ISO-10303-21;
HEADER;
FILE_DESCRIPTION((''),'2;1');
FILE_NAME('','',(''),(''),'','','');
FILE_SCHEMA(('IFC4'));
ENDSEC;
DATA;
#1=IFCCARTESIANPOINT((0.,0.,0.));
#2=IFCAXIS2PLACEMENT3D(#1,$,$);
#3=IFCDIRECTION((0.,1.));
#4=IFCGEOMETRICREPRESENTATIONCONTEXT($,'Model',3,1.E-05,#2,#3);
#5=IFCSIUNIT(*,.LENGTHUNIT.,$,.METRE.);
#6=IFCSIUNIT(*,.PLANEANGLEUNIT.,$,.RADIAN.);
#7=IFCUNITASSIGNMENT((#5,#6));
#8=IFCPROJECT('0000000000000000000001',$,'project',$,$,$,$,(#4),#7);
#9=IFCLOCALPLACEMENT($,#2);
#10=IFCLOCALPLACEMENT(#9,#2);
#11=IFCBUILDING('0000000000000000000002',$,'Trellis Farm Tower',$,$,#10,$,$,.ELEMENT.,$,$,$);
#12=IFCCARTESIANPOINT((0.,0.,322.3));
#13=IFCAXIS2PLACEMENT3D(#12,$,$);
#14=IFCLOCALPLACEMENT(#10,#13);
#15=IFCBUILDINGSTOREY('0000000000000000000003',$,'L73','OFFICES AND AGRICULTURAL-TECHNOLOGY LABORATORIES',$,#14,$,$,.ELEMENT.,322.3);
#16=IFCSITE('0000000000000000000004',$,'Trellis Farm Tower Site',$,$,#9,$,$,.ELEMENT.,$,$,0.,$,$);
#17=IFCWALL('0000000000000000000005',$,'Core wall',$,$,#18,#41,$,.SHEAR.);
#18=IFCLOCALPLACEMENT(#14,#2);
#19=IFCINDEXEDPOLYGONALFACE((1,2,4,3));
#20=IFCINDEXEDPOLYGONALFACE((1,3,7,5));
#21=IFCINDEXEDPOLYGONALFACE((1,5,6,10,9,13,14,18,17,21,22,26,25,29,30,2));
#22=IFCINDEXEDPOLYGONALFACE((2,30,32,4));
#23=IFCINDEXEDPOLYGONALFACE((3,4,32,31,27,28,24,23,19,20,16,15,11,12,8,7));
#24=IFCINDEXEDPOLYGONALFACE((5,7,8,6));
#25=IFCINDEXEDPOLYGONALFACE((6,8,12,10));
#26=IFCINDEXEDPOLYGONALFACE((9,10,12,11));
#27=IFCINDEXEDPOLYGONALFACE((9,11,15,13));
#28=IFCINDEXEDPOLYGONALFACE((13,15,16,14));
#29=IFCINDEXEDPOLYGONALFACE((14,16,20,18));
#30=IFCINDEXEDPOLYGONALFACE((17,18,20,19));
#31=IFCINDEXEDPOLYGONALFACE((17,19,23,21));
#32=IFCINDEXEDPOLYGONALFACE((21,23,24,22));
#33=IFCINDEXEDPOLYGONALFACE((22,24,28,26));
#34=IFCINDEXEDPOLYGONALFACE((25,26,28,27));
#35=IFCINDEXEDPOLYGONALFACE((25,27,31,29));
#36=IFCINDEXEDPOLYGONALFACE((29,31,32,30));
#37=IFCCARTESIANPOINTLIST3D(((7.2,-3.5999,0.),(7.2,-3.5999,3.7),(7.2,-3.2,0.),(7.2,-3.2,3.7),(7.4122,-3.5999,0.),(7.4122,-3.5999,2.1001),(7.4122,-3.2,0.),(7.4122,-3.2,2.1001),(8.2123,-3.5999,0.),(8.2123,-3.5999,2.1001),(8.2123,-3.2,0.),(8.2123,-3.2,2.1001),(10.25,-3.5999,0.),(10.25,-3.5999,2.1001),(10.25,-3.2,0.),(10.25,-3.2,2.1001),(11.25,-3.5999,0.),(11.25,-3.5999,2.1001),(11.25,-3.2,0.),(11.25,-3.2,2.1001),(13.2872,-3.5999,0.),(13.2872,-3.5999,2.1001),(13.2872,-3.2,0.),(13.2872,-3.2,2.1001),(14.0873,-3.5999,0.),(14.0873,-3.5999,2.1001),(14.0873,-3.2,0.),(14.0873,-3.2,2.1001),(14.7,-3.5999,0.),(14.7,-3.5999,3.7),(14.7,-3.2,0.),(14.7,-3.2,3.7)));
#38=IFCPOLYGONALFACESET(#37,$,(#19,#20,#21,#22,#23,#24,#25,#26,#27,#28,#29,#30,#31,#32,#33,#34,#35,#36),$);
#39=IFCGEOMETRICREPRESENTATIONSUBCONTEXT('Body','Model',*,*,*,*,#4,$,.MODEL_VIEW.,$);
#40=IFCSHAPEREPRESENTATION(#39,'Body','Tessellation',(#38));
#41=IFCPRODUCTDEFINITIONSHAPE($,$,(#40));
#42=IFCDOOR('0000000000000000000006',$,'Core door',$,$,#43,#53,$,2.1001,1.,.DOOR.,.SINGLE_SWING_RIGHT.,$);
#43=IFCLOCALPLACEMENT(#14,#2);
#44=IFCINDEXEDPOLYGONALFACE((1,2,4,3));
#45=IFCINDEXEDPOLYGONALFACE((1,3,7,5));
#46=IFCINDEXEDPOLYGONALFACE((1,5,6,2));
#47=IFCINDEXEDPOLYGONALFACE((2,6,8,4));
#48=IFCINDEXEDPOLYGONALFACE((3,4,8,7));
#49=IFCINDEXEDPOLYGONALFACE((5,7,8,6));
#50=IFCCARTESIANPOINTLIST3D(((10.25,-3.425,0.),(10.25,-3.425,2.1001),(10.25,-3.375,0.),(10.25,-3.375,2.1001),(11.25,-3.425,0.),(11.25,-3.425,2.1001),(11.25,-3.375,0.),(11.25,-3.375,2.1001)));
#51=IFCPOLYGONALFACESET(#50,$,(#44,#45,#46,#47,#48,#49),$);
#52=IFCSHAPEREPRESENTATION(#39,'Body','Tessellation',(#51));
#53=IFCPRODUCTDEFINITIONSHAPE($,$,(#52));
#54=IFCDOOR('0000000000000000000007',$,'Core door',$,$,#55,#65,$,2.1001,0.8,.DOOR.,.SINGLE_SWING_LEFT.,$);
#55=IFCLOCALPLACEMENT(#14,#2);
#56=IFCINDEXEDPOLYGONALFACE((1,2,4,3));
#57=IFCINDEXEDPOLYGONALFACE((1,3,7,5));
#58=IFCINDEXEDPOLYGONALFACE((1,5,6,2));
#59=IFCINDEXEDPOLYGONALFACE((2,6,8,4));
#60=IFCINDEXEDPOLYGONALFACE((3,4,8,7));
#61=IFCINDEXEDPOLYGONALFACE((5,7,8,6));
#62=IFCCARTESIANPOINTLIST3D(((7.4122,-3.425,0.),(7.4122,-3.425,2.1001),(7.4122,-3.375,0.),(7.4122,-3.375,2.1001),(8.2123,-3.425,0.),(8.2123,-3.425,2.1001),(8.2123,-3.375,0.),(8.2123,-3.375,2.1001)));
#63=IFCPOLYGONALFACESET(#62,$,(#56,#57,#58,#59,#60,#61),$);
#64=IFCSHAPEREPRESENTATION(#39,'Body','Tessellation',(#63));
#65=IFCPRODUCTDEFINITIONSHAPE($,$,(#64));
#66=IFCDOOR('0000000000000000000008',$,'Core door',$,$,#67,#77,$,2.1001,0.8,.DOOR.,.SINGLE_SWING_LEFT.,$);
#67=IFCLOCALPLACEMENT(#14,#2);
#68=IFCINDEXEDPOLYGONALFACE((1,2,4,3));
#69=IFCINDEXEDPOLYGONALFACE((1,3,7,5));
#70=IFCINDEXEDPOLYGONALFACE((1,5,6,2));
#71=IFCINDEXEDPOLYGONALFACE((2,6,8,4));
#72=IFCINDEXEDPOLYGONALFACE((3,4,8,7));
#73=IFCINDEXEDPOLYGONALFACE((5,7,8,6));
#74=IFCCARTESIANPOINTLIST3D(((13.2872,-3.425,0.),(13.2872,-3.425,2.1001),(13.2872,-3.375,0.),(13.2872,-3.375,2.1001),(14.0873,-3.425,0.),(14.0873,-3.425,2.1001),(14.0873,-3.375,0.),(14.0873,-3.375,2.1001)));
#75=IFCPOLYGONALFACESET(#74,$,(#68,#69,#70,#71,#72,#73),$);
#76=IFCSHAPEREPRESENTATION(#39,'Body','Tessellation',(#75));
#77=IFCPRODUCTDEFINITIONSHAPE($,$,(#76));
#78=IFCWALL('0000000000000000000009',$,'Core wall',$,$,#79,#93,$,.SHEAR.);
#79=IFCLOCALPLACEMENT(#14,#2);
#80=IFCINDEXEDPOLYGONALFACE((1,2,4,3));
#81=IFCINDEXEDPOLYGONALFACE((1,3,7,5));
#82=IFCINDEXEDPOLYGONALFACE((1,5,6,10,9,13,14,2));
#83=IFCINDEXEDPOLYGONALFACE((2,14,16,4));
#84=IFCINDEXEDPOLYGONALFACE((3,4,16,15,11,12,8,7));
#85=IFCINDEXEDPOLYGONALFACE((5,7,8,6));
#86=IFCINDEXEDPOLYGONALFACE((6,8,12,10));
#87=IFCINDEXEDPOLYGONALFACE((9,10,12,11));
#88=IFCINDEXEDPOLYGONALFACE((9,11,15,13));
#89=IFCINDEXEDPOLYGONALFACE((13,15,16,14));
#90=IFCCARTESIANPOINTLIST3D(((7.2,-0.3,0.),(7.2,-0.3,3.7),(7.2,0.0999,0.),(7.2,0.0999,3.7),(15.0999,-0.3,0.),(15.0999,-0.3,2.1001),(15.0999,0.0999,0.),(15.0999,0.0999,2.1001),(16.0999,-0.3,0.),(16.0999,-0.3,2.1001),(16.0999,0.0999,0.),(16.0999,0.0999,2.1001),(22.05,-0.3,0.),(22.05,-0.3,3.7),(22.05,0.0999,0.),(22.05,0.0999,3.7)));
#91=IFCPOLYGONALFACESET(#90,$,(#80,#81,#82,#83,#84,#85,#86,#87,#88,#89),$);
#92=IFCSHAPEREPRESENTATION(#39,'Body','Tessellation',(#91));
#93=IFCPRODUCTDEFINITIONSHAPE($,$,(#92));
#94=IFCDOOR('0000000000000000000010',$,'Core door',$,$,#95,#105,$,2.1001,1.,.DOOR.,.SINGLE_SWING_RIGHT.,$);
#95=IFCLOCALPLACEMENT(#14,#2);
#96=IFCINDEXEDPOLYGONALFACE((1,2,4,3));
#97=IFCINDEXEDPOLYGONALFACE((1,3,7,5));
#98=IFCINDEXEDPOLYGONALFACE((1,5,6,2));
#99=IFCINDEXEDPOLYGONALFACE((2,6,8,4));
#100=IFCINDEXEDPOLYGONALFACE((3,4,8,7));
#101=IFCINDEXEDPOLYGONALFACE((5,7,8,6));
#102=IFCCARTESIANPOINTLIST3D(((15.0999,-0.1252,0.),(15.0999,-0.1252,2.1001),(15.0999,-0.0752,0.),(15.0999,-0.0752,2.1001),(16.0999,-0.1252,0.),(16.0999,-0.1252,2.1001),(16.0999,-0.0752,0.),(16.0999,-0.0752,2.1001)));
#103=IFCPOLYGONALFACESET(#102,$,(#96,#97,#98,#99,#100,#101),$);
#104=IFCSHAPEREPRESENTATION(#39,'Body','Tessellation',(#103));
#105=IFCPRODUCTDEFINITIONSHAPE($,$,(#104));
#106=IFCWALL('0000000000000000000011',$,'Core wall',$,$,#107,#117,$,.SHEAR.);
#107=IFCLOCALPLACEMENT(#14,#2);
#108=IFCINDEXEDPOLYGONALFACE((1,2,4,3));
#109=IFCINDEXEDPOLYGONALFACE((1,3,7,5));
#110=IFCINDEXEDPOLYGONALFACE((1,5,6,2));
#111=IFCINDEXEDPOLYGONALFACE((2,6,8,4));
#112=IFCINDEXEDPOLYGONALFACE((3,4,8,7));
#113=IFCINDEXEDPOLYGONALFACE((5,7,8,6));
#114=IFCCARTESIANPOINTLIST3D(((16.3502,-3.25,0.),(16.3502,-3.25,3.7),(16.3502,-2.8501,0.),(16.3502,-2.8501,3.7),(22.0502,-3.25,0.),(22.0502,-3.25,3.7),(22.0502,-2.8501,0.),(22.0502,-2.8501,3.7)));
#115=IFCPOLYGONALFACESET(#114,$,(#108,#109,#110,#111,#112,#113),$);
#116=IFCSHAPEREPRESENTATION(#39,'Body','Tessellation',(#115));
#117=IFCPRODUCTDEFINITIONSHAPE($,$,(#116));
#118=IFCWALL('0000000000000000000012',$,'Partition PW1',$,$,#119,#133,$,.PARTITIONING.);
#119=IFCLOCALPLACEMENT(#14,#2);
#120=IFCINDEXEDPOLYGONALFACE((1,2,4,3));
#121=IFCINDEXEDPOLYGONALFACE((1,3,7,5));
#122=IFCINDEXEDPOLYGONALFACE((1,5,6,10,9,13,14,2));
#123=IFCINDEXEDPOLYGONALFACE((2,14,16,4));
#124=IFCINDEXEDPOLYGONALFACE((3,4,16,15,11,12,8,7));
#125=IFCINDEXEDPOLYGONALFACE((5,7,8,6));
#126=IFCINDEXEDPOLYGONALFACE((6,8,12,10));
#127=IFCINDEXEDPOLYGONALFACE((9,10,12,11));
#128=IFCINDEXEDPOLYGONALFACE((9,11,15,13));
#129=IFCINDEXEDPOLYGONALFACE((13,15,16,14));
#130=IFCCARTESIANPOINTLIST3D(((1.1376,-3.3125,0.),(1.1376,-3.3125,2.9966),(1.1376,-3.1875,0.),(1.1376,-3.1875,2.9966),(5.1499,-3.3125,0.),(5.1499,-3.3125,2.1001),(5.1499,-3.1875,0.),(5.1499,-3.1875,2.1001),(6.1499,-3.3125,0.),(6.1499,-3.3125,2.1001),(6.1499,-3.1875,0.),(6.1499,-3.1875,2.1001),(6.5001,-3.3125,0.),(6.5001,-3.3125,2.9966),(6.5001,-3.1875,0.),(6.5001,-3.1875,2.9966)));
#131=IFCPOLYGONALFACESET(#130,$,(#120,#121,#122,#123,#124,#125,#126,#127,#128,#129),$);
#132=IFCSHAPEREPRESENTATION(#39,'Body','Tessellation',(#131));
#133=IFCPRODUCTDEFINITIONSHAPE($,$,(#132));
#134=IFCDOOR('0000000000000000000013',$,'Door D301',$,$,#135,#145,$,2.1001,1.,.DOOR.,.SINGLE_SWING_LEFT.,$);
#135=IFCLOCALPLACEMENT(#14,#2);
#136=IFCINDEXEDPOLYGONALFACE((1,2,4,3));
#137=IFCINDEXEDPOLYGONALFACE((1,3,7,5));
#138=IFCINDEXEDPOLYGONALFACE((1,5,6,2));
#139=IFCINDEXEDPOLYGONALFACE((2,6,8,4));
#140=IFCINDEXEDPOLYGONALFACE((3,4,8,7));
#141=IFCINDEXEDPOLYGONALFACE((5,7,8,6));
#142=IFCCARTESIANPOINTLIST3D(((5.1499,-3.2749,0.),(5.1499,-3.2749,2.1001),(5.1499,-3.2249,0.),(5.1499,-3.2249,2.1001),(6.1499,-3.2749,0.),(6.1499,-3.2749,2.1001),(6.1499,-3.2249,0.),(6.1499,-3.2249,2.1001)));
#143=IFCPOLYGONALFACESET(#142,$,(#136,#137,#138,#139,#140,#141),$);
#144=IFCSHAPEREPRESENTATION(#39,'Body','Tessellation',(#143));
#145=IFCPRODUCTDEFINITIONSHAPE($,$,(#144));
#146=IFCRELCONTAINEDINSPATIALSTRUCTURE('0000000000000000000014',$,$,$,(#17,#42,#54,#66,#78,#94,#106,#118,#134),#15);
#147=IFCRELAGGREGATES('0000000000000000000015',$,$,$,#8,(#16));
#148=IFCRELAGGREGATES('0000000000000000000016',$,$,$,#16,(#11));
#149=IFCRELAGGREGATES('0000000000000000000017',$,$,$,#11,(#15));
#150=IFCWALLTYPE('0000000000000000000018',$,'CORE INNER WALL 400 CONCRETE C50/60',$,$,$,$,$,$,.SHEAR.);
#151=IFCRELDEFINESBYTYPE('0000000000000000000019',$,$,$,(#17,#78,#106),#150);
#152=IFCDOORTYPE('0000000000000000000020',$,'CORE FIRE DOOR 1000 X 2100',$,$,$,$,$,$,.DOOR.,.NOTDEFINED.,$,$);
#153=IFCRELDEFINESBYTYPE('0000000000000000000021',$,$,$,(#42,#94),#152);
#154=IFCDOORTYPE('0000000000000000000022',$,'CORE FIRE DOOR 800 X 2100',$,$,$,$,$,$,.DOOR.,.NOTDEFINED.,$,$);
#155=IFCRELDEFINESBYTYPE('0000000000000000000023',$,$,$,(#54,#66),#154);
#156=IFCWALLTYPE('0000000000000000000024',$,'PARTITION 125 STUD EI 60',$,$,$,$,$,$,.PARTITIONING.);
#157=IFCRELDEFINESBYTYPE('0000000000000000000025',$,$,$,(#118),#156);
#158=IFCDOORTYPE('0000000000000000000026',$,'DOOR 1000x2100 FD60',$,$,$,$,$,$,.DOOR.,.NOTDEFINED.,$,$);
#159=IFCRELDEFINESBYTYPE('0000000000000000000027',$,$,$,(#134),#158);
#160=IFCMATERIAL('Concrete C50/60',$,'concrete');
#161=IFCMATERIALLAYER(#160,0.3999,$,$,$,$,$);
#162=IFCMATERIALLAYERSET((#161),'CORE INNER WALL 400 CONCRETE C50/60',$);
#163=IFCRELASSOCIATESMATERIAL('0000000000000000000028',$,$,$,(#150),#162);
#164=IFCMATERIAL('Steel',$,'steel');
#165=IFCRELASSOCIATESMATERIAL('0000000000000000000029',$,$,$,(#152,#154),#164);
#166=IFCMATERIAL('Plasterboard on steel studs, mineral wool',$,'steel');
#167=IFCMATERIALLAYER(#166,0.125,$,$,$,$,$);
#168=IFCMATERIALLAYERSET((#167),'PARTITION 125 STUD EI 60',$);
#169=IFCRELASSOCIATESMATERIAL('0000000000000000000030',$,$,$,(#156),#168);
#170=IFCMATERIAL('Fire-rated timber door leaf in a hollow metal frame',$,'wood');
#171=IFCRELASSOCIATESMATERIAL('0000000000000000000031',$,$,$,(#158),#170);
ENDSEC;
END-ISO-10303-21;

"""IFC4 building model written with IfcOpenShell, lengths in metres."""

from ifc_helpers import new_model, si_unit, direction, frame, frame_2d, origin, place, context, subcontext, project, spatial, rectangle, extrude, source, transform, mapped, material, layer, layer_set, type_object, element, fill, save


model = new_model("IFC4")

# Units and contexts
model_context = context("Model", 3, precision=1e-05, world=origin(), true_north=direction((0.0, 1.0)))
body_context = subcontext(model_context, "Body", "Model", "MODEL_VIEW")
ifc_project = project(units=[si_unit("LENGTHUNIT", "METRE"), si_unit("PLANEANGLEUNIT", "RADIAN")], contexts=[model_context])

# Site, building, storey
site_placement = place(None, origin())
site = spatial("IfcSite", under=ifc_project, at=site_placement, Name="Trellis Farm Tower Site", CompositionType="ELEMENT", RefElevation=0.0)
building_placement = place(site_placement, origin())
building = spatial("IfcBuilding", under=site, at=building_placement, Name="Trellis Farm Tower", CompositionType="ELEMENT")
storey_placement = place(building_placement, frame((0.0, 0.0, 322.3)))
storey = spatial("IfcBuildingStorey", under=building, at=storey_placement, Name="L73", Description="OFFICES AND AGRICULTURAL-TECHNOLOGY LABORATORIES", CompositionType="ELEMENT", Elevation=322.3)

# Wall, openings, doors
ifc_material_1 = material(Name="Concrete C50/60", Category="concrete")
ifc_layer_1 = layer(ifc_material_1, 0.3999)
ifc_layer_set_1 = layer_set([ifc_layer_1], Name="CORE INNER WALL 400 CONCRETE C50/60")
wall_type_1 = type_object("IfcWallType", Name="CORE INNER WALL 400 CONCRETE C50/60", PredefinedType="SHEAR", material=ifc_layer_set_1)
shared_shape_1 = source(origin(), body_context, "Body", "SweptSolid", [
    extrude(rectangle(XDim=7.5, YDim=0.3999, at=frame_2d((3.75, 0.0))), origin(), (0.0, 0.0, 1.0), 3.7),
])
wall_1_placement = place(storey_placement, frame((7.2, -3.3999, 0.0), z_axis=(0.0, 0.0, 1.0), x_axis=(1.0, 0.0, 0.0)))
wall_1 = element("IfcWall", 1, at=wall_1_placement, inside=storey, type_object=wall_type_1, Name="Core wall", PredefinedType="SHEAR", context=body_context, shape_type="MappedRepresentation", body=[
    mapped(shared_shape_1, transform((0.0, 0.0, 0.0))),
])
shared_shape_2 = source(origin(), body_context, "Body", "SweptSolid", [
    extrude(rectangle(XDim=0.8, YDim=2.1001, at=frame_2d((0.3999, 1.05))), frame((0.0, 0.21, 0.0), z_axis=(0.0, -1.0, 0.0), x_axis=(1.0, 0.0, 0.0)), (0.0, 0.0, 1.0), 0.4199),
])
opening_1_placement = place(wall_1_placement, frame((0.2124, 0.0, 0.0)))
opening_1 = element("IfcOpeningElement", 2, at=opening_1_placement, cuts=wall_1, PredefinedType="OPENING", context=body_context, shape_type="MappedRepresentation", body=[
    mapped(shared_shape_2, transform((0.0, 0.0, 0.0))),
])
shared_shape_3 = source(origin(), body_context, "Body", "SweptSolid", [
    extrude(rectangle(XDim=1.0, YDim=2.1001, at=frame_2d((0.5, 1.05))), frame((0.0, 0.21, 0.0), z_axis=(0.0, -1.0, 0.0), x_axis=(1.0, 0.0, 0.0)), (0.0, 0.0, 1.0), 0.4199),
])
opening_2_placement = place(wall_1_placement, frame((3.05, 0.0, 0.0)))
opening_2 = element("IfcOpeningElement", 3, at=opening_2_placement, cuts=wall_1, PredefinedType="OPENING", context=body_context, shape_type="MappedRepresentation", body=[
    mapped(shared_shape_3, transform((0.0, 0.0, 0.0))),
])
opening_3_placement = place(wall_1_placement, frame((6.0874, 0.0, 0.0)))
opening_3 = element("IfcOpeningElement", 4, at=opening_3_placement, cuts=wall_1, PredefinedType="OPENING", context=body_context, shape_type="MappedRepresentation", body=[
    mapped(shared_shape_2, transform((0.0, 0.0, 0.0))),
])
ifc_material_2 = material(Name="Steel", Category="steel")
door_type_1 = type_object("IfcDoorType", Name="CORE FIRE DOOR 1000 X 2100", OperationType="NOTDEFINED", PredefinedType="DOOR", material=ifc_material_2)
shared_shape_4 = source(origin(), body_context, "Body", "SweptSolid", [
    extrude(rectangle(XDim=1.0, YDim=2.1001, at=frame_2d((0.5, 1.05))), frame((0.0, 0.0249, 0.0), z_axis=(0.0, -1.0, 0.0), x_axis=(1.0, 0.0, 0.0)), (0.0, 0.0, 1.0), 0.05),
])
door_1_placement = place(opening_2_placement, origin())
door_1 = element("IfcDoor", 5, at=door_1_placement, inside=storey, type_object=door_type_1, Name="Core door", OperationType="SINGLE_SWING_RIGHT", OverallHeight=2.1001, OverallWidth=1.0, PredefinedType="DOOR", context=body_context, shape_type="MappedRepresentation", body=[
    mapped(shared_shape_4, transform((0.0, 0.0, 0.0))),
])
fill(opening_2, door_1)
door_type_2 = type_object("IfcDoorType", Name="CORE FIRE DOOR 800 X 2100", OperationType="NOTDEFINED", PredefinedType="DOOR", material=ifc_material_2)
shared_shape_5 = source(origin(), body_context, "Body", "SweptSolid", [
    extrude(rectangle(XDim=0.8, YDim=2.1001, at=frame_2d((0.3999, 1.05))), frame((0.0, 0.0249, 0.0), z_axis=(0.0, -1.0, 0.0), x_axis=(1.0, 0.0, 0.0)), (0.0, 0.0, 1.0), 0.05),
])
door_2_placement = place(opening_1_placement, origin())
door_2 = element("IfcDoor", 6, at=door_2_placement, inside=storey, type_object=door_type_2, Name="Core door", OperationType="SINGLE_SWING_LEFT", OverallHeight=2.1001, OverallWidth=0.8, PredefinedType="DOOR", context=body_context, shape_type="MappedRepresentation", body=[
    mapped(shared_shape_5, transform((0.0, 0.0, 0.0))),
])
fill(opening_1, door_2)
door_3_placement = place(opening_3_placement, origin())
door_3 = element("IfcDoor", 7, at=door_3_placement, inside=storey, type_object=door_type_2, Name="Core door", OperationType="SINGLE_SWING_LEFT", OverallHeight=2.1001, OverallWidth=0.8, PredefinedType="DOOR", context=body_context, shape_type="MappedRepresentation", body=[
    mapped(shared_shape_5, transform((0.0, 0.0, 0.0))),
])
fill(opening_3, door_3)

# Wall, opening, door
shared_shape_6 = source(origin(), body_context, "Body", "SweptSolid", [
    extrude(rectangle(XDim=14.8501, YDim=0.3999, at=frame_2d((7.425, 0.0))), origin(), (0.0, 0.0, 1.0), 3.7),
])
wall_2_placement = place(storey_placement, frame((7.2, -0.1001, 0.0), z_axis=(0.0, 0.0, 1.0), x_axis=(1.0, 0.0, 0.0)))
wall_2 = element("IfcWall", 8, at=wall_2_placement, inside=storey, type_object=wall_type_1, Name="Core wall", PredefinedType="SHEAR", context=body_context, shape_type="MappedRepresentation", body=[
    mapped(shared_shape_6, transform((0.0, 0.0, 0.0))),
])
opening_4_placement = place(wall_2_placement, frame((7.8999, 0.0, 0.0)))
opening_4 = element("IfcOpeningElement", 9, at=opening_4_placement, cuts=wall_2, PredefinedType="OPENING", context=body_context, shape_type="MappedRepresentation", body=[
    mapped(shared_shape_3, transform((0.0, 0.0, 0.0))),
])
door_4_placement = place(opening_4_placement, origin())
door_4 = element("IfcDoor", 10, at=door_4_placement, inside=storey, type_object=door_type_1, Name="Core door", OperationType="SINGLE_SWING_RIGHT", OverallHeight=2.1001, OverallWidth=1.0, PredefinedType="DOOR", context=body_context, shape_type="MappedRepresentation", body=[
    mapped(shared_shape_4, transform((0.0, 0.0, 0.0))),
])
fill(opening_4, door_4)

# Wall
shared_shape_7 = source(origin(), body_context, "Body", "SweptSolid", [
    extrude(rectangle(XDim=5.7, YDim=0.3999, at=frame_2d((2.8501, 0.0))), origin(), (0.0, 0.0, 1.0), 3.7),
])
wall_3_placement = place(storey_placement, frame((16.3501, -3.05, 0.0), z_axis=(0.0, 0.0, 1.0), x_axis=(1.0, 0.0, 0.0)))
element("IfcWall", 11, at=wall_3_placement, inside=storey, type_object=wall_type_1, Name="Core wall", PredefinedType="SHEAR", context=body_context, shape_type="MappedRepresentation", body=[
    mapped(shared_shape_7, transform((0.0, 0.0, 0.0))),
])

# Wall, opening, door
ifc_material_3 = material(Name="Plasterboard on steel studs, mineral wool", Category="steel")
ifc_layer_2 = layer(ifc_material_3, 0.125)
ifc_layer_set_2 = layer_set([ifc_layer_2], Name="PARTITION 125 STUD EI 60")
wall_type_2 = type_object("IfcWallType", Name="PARTITION 125 STUD EI 60", PredefinedType="PARTITIONING", material=ifc_layer_set_2)
shared_shape_8 = source(origin(), body_context, "Body", "SweptSolid", [
    extrude(rectangle(XDim=5.3625, YDim=0.125, at=frame_2d((2.6812, 0.0))), origin(), (0.0, 0.0, 1.0), 2.9966),
])
wall_4_placement = place(storey_placement, frame((6.5, -3.25, 0.0), z_axis=(0.0, 0.0, 1.0), x_axis=(-1.0, 0.0, 0.0)))
wall_4 = element("IfcWall", 12, at=wall_4_placement, inside=storey, type_object=wall_type_2, Name="Partition PW1", PredefinedType="PARTITIONING", context=body_context, shape_type="MappedRepresentation", body=[
    mapped(shared_shape_8, transform((0.0, 0.0, 0.0))),
])
shared_shape_9 = source(origin(), body_context, "Body", "SweptSolid", [
    extrude(rectangle(XDim=1.0, YDim=2.1001, at=frame_2d((0.5, 1.05))), frame((0.0, 0.0725, 0.0), z_axis=(0.0, -1.0, 0.0), x_axis=(1.0, 0.0, 0.0)), (0.0, 0.0, 1.0), 0.145),
])
opening_5_placement = place(wall_4_placement, frame((0.3501, 0.0, 0.0)))
opening_5 = element("IfcOpeningElement", 13, at=opening_5_placement, cuts=wall_4, PredefinedType="OPENING", context=body_context, shape_type="MappedRepresentation", body=[
    mapped(shared_shape_9, transform((0.0, 0.0, 0.0))),
])
ifc_material_4 = material(Name="Fire-rated timber door leaf in a hollow metal frame", Category="wood")
door_type_3 = type_object("IfcDoorType", Name="DOOR 1000x2100 FD60", OperationType="NOTDEFINED", PredefinedType="DOOR", material=ifc_material_4)
door_5_placement = place(opening_5_placement, origin())
door_5 = element("IfcDoor", 14, at=door_5_placement, inside=storey, type_object=door_type_3, Name="Door D301", OperationType="SINGLE_SWING_LEFT", OverallHeight=2.1001, OverallWidth=1.0, PredefinedType="DOOR", context=body_context, shape_type="MappedRepresentation", body=[
    mapped(shared_shape_4, transform((0.0, 0.0, 0.0))),
])
fill(opening_5, door_5)

save(model, "model.ifc")
